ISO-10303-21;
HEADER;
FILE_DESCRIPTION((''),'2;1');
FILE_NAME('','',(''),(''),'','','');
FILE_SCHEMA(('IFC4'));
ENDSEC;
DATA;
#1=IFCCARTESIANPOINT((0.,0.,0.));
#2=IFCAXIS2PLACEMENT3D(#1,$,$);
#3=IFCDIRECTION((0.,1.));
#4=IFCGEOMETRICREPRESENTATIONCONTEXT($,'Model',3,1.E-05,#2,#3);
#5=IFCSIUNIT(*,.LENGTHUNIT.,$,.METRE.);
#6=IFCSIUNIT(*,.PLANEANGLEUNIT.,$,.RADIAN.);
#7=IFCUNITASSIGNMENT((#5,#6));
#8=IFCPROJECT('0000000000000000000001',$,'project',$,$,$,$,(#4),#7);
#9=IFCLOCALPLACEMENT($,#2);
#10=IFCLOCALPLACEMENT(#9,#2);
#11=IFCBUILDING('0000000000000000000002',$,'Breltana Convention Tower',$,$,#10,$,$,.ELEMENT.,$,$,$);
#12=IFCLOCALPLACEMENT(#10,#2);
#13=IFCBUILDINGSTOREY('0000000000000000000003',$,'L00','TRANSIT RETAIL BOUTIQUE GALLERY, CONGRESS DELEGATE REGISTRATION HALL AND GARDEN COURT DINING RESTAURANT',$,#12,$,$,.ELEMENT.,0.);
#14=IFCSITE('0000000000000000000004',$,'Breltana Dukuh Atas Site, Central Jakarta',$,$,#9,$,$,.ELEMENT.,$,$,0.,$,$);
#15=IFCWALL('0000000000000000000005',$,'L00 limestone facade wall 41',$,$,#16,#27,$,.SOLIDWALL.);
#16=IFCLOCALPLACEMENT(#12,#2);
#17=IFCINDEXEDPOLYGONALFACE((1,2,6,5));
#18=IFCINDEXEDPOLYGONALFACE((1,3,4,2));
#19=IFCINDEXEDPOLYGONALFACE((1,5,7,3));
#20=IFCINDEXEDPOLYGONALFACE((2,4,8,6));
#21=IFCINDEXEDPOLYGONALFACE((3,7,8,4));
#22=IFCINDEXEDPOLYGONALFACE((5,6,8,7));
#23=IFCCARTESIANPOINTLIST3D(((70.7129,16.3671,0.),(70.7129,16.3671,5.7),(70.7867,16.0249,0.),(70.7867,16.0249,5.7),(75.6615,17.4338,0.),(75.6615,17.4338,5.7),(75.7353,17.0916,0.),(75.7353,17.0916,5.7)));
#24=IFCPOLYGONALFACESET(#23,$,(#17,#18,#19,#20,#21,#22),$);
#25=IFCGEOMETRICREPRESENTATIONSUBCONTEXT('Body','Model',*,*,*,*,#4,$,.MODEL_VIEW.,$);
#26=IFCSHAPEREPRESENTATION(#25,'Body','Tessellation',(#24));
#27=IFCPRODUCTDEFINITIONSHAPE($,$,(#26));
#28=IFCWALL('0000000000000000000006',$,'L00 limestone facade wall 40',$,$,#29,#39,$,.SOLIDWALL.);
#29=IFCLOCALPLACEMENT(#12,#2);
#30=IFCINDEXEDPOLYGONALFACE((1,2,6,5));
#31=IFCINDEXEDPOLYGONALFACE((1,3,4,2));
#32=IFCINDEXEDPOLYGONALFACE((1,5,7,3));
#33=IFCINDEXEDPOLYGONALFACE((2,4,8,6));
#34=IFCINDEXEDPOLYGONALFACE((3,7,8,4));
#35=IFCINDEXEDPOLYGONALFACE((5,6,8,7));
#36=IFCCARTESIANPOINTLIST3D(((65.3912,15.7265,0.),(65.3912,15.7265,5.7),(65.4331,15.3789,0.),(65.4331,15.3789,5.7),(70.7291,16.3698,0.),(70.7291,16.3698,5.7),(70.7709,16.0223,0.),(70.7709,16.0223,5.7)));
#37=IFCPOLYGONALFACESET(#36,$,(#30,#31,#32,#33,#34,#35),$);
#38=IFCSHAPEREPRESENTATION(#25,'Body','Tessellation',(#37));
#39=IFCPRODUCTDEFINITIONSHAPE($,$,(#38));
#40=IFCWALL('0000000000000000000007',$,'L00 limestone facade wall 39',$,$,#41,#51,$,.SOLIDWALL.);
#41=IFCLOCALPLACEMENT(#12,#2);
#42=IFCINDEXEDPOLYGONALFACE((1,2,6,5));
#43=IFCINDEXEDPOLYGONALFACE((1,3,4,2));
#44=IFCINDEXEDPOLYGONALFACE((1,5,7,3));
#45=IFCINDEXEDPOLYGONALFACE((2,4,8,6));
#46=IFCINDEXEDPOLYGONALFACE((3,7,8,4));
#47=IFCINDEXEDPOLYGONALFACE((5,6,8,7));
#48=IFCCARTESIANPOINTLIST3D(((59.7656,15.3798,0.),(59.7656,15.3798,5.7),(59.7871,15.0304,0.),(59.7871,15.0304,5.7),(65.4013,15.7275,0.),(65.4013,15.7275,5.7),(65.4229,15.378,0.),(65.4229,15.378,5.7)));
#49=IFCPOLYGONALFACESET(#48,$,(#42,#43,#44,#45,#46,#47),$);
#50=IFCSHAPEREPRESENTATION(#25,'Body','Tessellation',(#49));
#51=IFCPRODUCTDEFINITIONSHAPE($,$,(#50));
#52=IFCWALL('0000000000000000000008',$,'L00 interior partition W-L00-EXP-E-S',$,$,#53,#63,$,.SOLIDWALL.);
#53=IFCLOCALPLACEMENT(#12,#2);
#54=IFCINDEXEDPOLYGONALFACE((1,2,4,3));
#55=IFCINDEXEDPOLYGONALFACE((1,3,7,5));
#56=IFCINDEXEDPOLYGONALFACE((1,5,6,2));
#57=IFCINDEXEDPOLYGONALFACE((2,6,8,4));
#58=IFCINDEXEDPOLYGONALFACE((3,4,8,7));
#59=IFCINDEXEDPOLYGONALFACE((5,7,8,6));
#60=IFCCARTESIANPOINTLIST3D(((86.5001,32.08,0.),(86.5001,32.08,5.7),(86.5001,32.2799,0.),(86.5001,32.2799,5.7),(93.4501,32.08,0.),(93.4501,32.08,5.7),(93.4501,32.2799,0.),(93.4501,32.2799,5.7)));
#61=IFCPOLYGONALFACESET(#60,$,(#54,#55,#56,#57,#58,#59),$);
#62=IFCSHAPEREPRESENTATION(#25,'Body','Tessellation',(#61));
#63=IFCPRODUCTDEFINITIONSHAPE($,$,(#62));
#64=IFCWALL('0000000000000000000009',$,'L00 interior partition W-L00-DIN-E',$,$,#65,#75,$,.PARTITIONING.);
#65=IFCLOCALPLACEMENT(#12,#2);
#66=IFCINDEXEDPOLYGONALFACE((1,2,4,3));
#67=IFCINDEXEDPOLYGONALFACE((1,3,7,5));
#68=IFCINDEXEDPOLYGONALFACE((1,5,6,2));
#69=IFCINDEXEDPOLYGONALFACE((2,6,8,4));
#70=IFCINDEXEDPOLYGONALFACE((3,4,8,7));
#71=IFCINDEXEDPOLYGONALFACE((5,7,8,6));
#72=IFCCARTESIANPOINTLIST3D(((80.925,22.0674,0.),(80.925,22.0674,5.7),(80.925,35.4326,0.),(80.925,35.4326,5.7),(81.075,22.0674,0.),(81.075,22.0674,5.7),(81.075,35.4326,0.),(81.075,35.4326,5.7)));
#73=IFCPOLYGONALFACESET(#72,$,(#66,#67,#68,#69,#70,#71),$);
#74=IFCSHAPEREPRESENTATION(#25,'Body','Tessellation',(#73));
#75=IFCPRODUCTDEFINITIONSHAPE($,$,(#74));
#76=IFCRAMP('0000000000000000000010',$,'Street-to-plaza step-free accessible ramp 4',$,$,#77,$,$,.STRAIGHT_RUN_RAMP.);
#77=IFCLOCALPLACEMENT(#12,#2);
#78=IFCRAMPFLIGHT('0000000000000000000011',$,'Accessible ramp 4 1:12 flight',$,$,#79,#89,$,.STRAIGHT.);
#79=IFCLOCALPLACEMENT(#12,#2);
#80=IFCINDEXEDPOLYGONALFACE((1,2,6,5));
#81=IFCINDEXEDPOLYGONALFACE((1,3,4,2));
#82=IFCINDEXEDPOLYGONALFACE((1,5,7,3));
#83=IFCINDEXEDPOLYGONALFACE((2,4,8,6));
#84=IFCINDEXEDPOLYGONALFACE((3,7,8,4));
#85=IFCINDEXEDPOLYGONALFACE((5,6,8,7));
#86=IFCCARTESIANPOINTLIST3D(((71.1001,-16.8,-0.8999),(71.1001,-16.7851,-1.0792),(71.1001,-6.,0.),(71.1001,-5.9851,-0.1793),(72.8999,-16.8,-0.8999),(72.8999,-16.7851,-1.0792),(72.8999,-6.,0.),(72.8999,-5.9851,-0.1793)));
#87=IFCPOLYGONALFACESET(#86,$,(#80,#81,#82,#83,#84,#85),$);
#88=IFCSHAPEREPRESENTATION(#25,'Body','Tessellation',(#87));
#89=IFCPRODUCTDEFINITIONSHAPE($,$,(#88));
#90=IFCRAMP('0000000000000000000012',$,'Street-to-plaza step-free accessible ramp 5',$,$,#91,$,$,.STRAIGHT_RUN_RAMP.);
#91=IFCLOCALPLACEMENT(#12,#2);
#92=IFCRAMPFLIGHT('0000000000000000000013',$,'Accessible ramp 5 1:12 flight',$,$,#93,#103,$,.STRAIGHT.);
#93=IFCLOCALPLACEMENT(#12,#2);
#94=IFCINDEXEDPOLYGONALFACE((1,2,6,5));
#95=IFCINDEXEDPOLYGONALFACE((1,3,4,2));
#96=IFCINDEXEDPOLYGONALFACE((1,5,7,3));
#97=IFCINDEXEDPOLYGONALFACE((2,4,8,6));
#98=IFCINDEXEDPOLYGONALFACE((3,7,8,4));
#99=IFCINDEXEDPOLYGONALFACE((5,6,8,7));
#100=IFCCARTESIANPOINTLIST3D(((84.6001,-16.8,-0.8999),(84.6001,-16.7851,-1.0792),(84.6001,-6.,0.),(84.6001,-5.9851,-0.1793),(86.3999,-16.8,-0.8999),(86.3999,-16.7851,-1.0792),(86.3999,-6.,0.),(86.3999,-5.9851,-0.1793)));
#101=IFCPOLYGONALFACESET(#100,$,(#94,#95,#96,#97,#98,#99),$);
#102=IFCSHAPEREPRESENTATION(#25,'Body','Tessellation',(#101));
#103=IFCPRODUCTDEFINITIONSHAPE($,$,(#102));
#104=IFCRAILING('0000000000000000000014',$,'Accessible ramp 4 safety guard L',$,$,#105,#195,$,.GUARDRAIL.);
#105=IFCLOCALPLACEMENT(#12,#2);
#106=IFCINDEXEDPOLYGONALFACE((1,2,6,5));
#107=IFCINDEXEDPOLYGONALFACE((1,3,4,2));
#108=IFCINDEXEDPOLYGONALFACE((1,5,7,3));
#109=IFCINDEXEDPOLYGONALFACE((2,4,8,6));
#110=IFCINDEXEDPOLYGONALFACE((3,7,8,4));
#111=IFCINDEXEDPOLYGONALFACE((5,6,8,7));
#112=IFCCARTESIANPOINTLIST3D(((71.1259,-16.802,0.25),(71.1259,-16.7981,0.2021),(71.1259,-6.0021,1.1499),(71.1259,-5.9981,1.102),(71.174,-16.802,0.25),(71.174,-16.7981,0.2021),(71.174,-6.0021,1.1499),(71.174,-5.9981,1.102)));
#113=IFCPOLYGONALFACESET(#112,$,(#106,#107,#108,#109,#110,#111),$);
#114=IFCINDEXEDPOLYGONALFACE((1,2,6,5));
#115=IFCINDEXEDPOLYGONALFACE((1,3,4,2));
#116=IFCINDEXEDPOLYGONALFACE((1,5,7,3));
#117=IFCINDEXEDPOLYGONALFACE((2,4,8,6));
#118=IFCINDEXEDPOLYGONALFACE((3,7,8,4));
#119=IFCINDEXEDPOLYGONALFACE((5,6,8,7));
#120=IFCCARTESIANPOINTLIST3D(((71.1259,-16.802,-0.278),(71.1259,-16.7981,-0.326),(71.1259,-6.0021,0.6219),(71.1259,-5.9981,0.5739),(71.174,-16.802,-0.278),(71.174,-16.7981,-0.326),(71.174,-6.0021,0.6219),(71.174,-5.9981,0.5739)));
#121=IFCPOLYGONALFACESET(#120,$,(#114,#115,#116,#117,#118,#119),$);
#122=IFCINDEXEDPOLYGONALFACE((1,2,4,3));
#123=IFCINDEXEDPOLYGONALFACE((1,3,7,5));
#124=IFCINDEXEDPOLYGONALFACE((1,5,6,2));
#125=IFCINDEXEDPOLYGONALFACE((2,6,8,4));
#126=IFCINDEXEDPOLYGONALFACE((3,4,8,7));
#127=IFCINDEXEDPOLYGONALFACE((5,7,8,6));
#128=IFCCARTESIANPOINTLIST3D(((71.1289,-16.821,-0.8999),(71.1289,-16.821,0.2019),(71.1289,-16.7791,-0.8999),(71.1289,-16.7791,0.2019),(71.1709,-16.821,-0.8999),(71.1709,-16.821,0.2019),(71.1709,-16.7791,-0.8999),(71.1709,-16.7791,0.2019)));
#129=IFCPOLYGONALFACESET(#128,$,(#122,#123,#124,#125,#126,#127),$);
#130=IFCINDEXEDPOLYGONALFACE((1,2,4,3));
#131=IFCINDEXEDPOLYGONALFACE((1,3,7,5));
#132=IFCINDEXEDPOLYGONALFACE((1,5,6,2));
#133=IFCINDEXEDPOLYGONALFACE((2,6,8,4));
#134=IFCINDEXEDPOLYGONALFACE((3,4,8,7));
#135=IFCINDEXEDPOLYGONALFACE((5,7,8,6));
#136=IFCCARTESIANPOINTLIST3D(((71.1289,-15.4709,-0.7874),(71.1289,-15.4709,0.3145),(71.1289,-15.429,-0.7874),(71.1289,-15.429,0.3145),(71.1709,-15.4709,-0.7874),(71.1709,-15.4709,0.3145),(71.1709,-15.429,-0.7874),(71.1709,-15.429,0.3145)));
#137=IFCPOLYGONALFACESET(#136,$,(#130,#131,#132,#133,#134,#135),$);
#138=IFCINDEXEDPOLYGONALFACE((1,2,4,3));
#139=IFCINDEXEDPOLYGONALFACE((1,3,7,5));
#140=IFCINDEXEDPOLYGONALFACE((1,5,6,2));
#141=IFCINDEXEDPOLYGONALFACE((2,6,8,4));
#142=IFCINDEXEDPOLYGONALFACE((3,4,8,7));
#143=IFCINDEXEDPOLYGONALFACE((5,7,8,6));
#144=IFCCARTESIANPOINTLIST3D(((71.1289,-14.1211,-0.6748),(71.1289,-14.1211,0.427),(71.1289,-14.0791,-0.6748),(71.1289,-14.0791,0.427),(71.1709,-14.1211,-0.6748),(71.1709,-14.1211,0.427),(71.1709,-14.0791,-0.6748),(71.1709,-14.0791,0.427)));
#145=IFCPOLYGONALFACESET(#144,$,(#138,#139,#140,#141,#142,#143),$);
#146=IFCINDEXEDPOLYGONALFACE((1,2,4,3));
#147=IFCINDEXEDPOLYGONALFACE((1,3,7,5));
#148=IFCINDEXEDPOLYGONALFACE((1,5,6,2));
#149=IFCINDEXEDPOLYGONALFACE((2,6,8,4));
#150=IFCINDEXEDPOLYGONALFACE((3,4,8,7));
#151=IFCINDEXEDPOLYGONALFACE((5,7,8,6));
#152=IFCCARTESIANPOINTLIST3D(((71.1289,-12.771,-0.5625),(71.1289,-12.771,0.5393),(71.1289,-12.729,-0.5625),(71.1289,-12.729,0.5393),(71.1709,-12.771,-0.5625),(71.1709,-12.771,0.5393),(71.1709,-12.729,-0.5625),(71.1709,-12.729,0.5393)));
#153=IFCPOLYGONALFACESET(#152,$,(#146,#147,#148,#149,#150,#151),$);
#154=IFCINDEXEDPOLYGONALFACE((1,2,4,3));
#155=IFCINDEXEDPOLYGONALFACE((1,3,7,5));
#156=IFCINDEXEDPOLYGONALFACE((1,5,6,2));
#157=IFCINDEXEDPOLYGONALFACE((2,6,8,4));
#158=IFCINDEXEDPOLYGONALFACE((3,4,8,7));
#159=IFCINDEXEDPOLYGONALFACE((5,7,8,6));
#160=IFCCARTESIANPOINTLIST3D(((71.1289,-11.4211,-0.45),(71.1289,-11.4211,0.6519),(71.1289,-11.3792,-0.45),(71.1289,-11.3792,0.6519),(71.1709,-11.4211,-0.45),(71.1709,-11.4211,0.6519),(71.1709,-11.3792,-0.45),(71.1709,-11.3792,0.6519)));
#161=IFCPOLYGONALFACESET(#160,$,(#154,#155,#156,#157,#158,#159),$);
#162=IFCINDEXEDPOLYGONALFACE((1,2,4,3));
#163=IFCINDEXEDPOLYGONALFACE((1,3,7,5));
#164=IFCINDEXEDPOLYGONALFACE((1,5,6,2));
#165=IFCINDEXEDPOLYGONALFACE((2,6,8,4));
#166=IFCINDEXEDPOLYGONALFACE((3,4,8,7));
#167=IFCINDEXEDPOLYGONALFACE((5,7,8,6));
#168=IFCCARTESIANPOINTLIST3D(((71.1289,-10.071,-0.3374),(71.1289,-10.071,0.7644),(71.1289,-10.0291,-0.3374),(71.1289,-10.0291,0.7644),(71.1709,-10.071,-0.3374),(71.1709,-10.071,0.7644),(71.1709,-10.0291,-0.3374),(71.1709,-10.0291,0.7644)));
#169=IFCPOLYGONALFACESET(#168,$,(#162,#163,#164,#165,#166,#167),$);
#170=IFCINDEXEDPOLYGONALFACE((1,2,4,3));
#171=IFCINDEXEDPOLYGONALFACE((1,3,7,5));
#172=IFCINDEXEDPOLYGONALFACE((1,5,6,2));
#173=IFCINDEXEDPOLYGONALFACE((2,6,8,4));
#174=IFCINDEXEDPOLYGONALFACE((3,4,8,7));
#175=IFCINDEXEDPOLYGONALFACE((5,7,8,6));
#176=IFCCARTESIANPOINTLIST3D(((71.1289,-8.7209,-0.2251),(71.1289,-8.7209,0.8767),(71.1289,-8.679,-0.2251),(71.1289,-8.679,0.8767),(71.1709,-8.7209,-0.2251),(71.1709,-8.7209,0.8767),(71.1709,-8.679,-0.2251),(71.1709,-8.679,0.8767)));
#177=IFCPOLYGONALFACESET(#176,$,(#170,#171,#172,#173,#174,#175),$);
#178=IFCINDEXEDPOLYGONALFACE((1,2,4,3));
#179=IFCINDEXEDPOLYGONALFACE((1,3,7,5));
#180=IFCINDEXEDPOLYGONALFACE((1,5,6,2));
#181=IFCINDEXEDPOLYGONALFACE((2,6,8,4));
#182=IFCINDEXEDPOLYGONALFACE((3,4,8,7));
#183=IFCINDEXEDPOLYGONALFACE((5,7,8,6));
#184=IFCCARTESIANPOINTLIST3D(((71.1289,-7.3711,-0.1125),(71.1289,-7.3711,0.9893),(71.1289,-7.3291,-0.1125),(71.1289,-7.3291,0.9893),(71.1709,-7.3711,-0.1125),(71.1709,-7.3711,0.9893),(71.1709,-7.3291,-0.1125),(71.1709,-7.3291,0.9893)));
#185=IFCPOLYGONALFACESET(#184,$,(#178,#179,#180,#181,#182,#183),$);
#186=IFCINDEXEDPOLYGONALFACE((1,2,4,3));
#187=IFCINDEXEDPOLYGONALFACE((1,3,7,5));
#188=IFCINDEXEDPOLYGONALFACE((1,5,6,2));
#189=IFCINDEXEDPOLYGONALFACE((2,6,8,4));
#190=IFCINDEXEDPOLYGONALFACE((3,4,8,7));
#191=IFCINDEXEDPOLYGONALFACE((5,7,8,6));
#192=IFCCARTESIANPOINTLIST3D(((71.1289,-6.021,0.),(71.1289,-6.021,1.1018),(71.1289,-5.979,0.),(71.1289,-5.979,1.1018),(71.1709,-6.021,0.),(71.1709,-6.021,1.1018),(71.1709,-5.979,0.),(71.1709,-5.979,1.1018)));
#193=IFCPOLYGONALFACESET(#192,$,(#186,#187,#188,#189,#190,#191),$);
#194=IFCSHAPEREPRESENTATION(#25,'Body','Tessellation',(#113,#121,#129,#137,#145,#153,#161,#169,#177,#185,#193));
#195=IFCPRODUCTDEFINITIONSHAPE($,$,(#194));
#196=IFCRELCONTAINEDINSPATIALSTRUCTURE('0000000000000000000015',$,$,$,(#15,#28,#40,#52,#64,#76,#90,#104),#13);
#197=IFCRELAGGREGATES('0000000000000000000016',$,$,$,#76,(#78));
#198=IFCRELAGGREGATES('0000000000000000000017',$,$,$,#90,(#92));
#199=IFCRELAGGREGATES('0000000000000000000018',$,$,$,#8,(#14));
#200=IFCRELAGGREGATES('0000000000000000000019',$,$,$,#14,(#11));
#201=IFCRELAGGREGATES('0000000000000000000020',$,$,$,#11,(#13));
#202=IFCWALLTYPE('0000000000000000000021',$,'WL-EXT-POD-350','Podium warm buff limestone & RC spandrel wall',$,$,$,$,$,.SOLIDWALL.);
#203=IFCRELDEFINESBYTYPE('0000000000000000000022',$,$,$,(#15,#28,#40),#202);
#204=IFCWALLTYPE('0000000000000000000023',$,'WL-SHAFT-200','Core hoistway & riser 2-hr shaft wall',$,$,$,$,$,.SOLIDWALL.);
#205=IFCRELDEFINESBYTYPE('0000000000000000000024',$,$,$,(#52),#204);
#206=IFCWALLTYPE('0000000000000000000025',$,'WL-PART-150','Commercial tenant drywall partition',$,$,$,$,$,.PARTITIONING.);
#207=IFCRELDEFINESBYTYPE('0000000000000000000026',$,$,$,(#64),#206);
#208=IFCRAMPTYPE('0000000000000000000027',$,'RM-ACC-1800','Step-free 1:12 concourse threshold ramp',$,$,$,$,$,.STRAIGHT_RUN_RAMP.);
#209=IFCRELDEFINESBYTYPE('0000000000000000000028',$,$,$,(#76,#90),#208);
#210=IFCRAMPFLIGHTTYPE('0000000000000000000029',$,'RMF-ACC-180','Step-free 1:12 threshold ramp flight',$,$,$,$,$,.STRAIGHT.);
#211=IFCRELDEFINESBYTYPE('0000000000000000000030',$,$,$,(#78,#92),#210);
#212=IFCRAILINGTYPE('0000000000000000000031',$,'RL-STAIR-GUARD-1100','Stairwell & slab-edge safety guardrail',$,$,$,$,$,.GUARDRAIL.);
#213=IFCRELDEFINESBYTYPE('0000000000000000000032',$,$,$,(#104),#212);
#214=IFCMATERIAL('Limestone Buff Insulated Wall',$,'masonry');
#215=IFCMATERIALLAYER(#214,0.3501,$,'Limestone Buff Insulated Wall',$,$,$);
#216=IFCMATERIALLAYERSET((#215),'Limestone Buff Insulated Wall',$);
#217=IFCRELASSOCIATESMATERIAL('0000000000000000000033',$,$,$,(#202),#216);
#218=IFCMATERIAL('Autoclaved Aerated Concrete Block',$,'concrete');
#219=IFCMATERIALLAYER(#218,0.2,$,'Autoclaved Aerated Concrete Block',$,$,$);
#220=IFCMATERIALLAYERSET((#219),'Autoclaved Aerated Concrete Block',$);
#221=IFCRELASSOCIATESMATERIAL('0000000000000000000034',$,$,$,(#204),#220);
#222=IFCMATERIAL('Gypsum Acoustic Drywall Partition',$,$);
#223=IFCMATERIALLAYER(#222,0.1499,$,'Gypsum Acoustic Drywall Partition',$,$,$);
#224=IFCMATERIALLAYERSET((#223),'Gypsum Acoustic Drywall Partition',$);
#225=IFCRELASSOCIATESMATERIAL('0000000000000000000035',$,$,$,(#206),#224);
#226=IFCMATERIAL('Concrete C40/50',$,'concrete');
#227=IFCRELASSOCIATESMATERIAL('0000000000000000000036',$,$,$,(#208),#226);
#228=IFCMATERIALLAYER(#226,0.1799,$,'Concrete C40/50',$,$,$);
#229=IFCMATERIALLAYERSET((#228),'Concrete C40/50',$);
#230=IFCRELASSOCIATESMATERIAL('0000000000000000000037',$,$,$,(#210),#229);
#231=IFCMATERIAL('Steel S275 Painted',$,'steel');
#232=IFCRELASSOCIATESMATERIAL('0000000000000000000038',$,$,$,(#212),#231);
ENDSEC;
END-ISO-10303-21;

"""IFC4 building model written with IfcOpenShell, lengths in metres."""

from ifc_helpers import new_model, si_unit, direction, frame, frame_2d, origin, origin_2d, place, context, subcontext, project, spatial, polyline, rectangle, outline, extrude, source, transform, mapped, material, layer, layer_set, type_object, element, aggregate, save


model = new_model("IFC4")

# Units and contexts
model_context = context("Model", 3, precision=1e-05, world=origin(), true_north=direction((0.0, 1.0)))
body_context = subcontext(model_context, "Body", "Model", "MODEL_VIEW")
ifc_project = project(units=[si_unit("LENGTHUNIT", "METRE"), si_unit("PLANEANGLEUNIT", "RADIAN")], contexts=[model_context])

# Site, building, storey
site_placement = place(None, origin())
site = spatial("IfcSite", under=ifc_project, at=site_placement, Name="Breltana Dukuh Atas Site, Central Jakarta", CompositionType="ELEMENT", RefElevation=0.0)
building_placement = place(site_placement, origin())
building = spatial("IfcBuilding", under=site, at=building_placement, Name="Breltana Convention Tower", CompositionType="ELEMENT")
storey_placement = place(building_placement, origin())
storey = spatial("IfcBuildingStorey", under=building, at=storey_placement, Name="L00", Description="TRANSIT RETAIL BOUTIQUE GALLERY, CONGRESS DELEGATE REGISTRATION HALL AND GARDEN COURT DINING RESTAURANT", CompositionType="ELEMENT", Elevation=0.0)

# Shared definitions
ifc_material_1 = material(Name="Concrete C40/50", Category="concrete")

# Walls
ifc_material_2 = material(Name="Limestone Buff Insulated Wall", Category="masonry")
ifc_layer_1 = layer(ifc_material_2, 0.3501, Name="Limestone Buff Insulated Wall")
ifc_layer_set_1 = layer_set([ifc_layer_1], Name="Limestone Buff Insulated Wall")
wall_type_1 = type_object("IfcWallType", Name="WL-EXT-POD-350", Description="Podium warm buff limestone & RC spandrel wall", PredefinedType="SOLIDWALL", material=ifc_layer_set_1)
shared_shape_1 = source(origin(), body_context, "Body", "SweptSolid", [
    extrude(rectangle(XDim=5.0623, YDim=0.3501, at=frame_2d((2.5312, 0.0))), origin(), (0.0, 0.0, 1.0), 5.7),
])
wall_1_placement = place(storey_placement, frame((75.6985, 17.2627, 0.0), z_axis=(0.0, 0.0, 1.0), x_axis=(-0.977548, -0.210711, 0.0)))
element("IfcWall", 1, at=wall_1_placement, inside=storey, type_object=wall_type_1, Name="L00 limestone facade wall 41", PredefinedType="SOLIDWALL", context=body_context, shape_type="MappedRepresentation", body=[
    mapped(shared_shape_1, transform((0.0, 0.0, 0.0), scale=1.0)),
])
shared_shape_2 = source(origin(), body_context, "Body", "SweptSolid", [
    extrude(rectangle(XDim=5.3765, YDim=0.3501, at=frame_2d((2.6882, 0.0))), origin(), (0.0, 0.0, 1.0), 5.7),
])
wall_2_placement = place(storey_placement, frame((70.75, 16.196, 0.0), z_axis=(0.0, 0.0, 1.0), x_axis=(-0.992816, -0.119652, 0.0)))
element("IfcWall", 2, at=wall_2_placement, inside=storey, type_object=wall_type_1, Name="L00 limestone facade wall 40", PredefinedType="SOLIDWALL", context=body_context, shape_type="MappedRepresentation", body=[
    mapped(shared_shape_2, transform((0.0, 0.0, 0.0), scale=1.0)),
])
shared_shape_3 = source(origin(), body_context, "Body", "SweptSolid", [
    extrude(rectangle(XDim=5.6465, YDim=0.3501, at=frame_2d((2.8232, 0.0))), origin(), (0.0, 0.0, 1.0), 5.7),
])
wall_3_placement = place(storey_placement, frame((65.4121, 15.5527, 0.0), z_axis=(0.0, 0.0, 1.0), x_axis=(-0.998103, -0.061571, 0.0)))
element("IfcWall", 3, at=wall_3_placement, inside=storey, type_object=wall_type_1, Name="L00 limestone facade wall 39", PredefinedType="SOLIDWALL", context=body_context, shape_type="MappedRepresentation", body=[
    mapped(shared_shape_3, transform((0.0, 0.0, 0.0), scale=1.0)),
])
ifc_material_3 = material(Name="Autoclaved Aerated Concrete Block", Category="concrete")
ifc_layer_2 = layer(ifc_material_3, 0.2, Name="Autoclaved Aerated Concrete Block")
ifc_layer_set_2 = layer_set([ifc_layer_2], Name="Autoclaved Aerated Concrete Block")
wall_type_2 = type_object("IfcWallType", Name="WL-SHAFT-200", Description="Core hoistway & riser 2-hr shaft wall", PredefinedType="SOLIDWALL", material=ifc_layer_set_2)
shared_shape_4 = source(origin(), body_context, "Body", "SweptSolid", [
    extrude(rectangle(XDim=6.95, YDim=0.2, at=frame_2d((3.4751, 0.0))), origin(), (0.0, 0.0, 1.0), 5.7),
])
wall_4_placement = place(storey_placement, frame((86.5, 32.1799, 0.0), z_axis=(0.0, 0.0, 1.0), x_axis=(1.0, 0.0, 0.0)))
element("IfcWall", 4, at=wall_4_placement, inside=storey, type_object=wall_type_2, Name="L00 interior partition W-L00-EXP-E-S", PredefinedType="SOLIDWALL", context=body_context, shape_type="MappedRepresentation", body=[
    mapped(shared_shape_4, transform((0.0, 0.0, 0.0), scale=1.0)),
])
ifc_material_4 = material(Name="Gypsum Acoustic Drywall Partition")
ifc_layer_3 = layer(ifc_material_4, 0.1499, Name="Gypsum Acoustic Drywall Partition")
ifc_layer_set_3 = layer_set([ifc_layer_3], Name="Gypsum Acoustic Drywall Partition")
wall_type_3 = type_object("IfcWallType", Name="WL-PART-150", Description="Commercial tenant drywall partition", PredefinedType="PARTITIONING", material=ifc_layer_set_3)
shared_shape_5 = source(origin(), body_context, "Body", "SweptSolid", [
    extrude(rectangle(XDim=13.3652, YDim=0.1499, at=frame_2d((6.6826, 0.0))), origin(), (0.0, 0.0, 1.0), 5.7),
])
wall_5_placement = place(storey_placement, frame((81.0, 22.0674, 0.0), z_axis=(0.0, 0.0, 1.0), x_axis=(0.0, 1.0, 0.0)))
element("IfcWall", 5, at=wall_5_placement, inside=storey, type_object=wall_type_3, Name="L00 interior partition W-L00-DIN-E", PredefinedType="PARTITIONING", context=body_context, shape_type="MappedRepresentation", body=[
    mapped(shared_shape_5, transform((0.0, 0.0, 0.0), scale=1.0)),
])

# Ramps, ramp flights
ramp_type = type_object("IfcRampType", Name="RM-ACC-1800", Description="Step-free 1:12 concourse threshold ramp", PredefinedType="STRAIGHT_RUN_RAMP", material=ifc_material_1)
ramp_1_placement = place(storey_placement, origin())
ramp_1 = element("IfcRamp", 6, at=ramp_1_placement, inside=storey, type_object=ramp_type, Name="Street-to-plaza step-free accessible ramp 4", PredefinedType="STRAIGHT_RUN_RAMP")
ifc_layer_4 = layer(ifc_material_1, 0.1799, Name="Concrete C40/50")
ifc_layer_set_4 = layer_set([ifc_layer_4], Name="Concrete C40/50")
ramp_flight_type = type_object("IfcRampFlightType", Name="RMF-ACC-180", Description="Step-free 1:12 threshold ramp flight", PredefinedType="STRAIGHT", material=ifc_layer_set_4)
ramp_flight_1_placement = place(storey_placement, frame((71.1001, -16.8, -0.8999), z_axis=(0.0, -0.083036, 0.996547), x_axis=(1.0, 0.0, 0.0)))
ramp_flight_1 = element("IfcRampFlight", 7, at=ramp_flight_1_placement, type_object=ramp_flight_type, Name="Accessible ramp 4 1:12 flight", PredefinedType="STRAIGHT", context=body_context, shape_type="SweptSolid", body=[
    extrude(outline(polyline([(0.0, 0.0), (1.7998, 0.0), (1.7998, 10.8375), (0.0, 10.8375), (0.0, 0.0)])), origin(), (0.0, 0.0, -1.0), 0.1799),
])
aggregate(ramp_1, [ramp_flight_1])
ramp_2_placement = place(storey_placement, origin())
ramp_2 = element("IfcRamp", 8, at=ramp_2_placement, inside=storey, type_object=ramp_type, Name="Street-to-plaza step-free accessible ramp 5", PredefinedType="STRAIGHT_RUN_RAMP")
ramp_flight_2_placement = place(storey_placement, frame((84.6001, -16.8, -0.8999), z_axis=(0.0, -0.083036, 0.996547), x_axis=(1.0, 0.0, 0.0)))
ramp_flight_2 = element("IfcRampFlight", 9, at=ramp_flight_2_placement, type_object=ramp_flight_type, Name="Accessible ramp 5 1:12 flight", PredefinedType="STRAIGHT", context=body_context, shape_type="SweptSolid", body=[
    extrude(outline(polyline([(0.0, 0.0), (1.7998, 0.0), (1.7998, 10.8375), (0.0, 10.8375), (0.0, 0.0)])), origin(), (0.0, 0.0, -1.0), 0.1799),
])
aggregate(ramp_2, [ramp_flight_2])

# Railing
ifc_material_5 = material(Name="Steel S275 Painted", Category="steel")
railing_type = type_object("IfcRailingType", Name="RL-STAIR-GUARD-1100", Description="Stairwell & slab-edge safety guardrail", PredefinedType="GUARDRAIL", material=ifc_material_5)
railing_1_placement = place(storey_placement, frame((71.1499, -16.8, -0.8999)))
element("IfcRailing", 10, at=railing_1_placement, inside=storey, type_object=railing_type, Name="Accessible ramp 4 safety guard L", PredefinedType="GUARDRAIL", context=body_context, shape_type="SweptSolid", body=[
    extrude(rectangle(XDim=0.0481, YDim=0.0481, at=origin_2d()), frame((0.0, 0.0, 1.126), z_axis=(0.0, 0.996547, 0.083036), x_axis=(-1.0, 0.0, 0.0)), (0.0, 0.0, 1.0), 10.8374),
    extrude(rectangle(XDim=0.0481, YDim=0.0481, at=origin_2d()), frame((0.0, 0.0, 0.5979), z_axis=(0.0, 0.996547, 0.083036), x_axis=(-1.0, 0.0, 0.0)), (0.0, 0.0, 1.0), 10.8374),
    extrude(rectangle(XDim=0.042, YDim=0.042, at=origin_2d()), origin(), (0.0, 0.0, 1.0), 1.1018),
    extrude(rectangle(XDim=0.042, YDim=0.042, at=origin_2d()), frame((0.0, 1.3501, 0.1125)), (0.0, 0.0, 1.0), 1.1018),
    extrude(rectangle(XDim=0.042, YDim=0.042, at=origin_2d()), frame((0.0, 2.7, 0.2251)), (0.0, 0.0, 1.0), 1.1018),
    extrude(rectangle(XDim=0.042, YDim=0.042, at=origin_2d()), frame((0.0, 4.05, 0.3374)), (0.0, 0.0, 1.0), 1.1018),
    extrude(rectangle(XDim=0.042, YDim=0.042, at=origin_2d()), frame((0.0, 5.3999, 0.45)), (0.0, 0.0, 1.0), 1.1018),
    extrude(rectangle(XDim=0.042, YDim=0.042, at=origin_2d()), frame((0.0, 6.75, 0.5625)), (0.0, 0.0, 1.0), 1.1018),
    extrude(rectangle(XDim=0.042, YDim=0.042, at=origin_2d()), frame((0.0, 8.1001, 0.6748)), (0.0, 0.0, 1.0), 1.1018),
    extrude(rectangle(XDim=0.042, YDim=0.042, at=origin_2d()), frame((0.0, 9.45, 0.7874)), (0.0, 0.0, 1.0), 1.1018),
    extrude(rectangle(XDim=0.042, YDim=0.042, at=origin_2d()), frame((0.0, 10.8, 0.8999)), (0.0, 0.0, 1.0), 1.1018),
])

save(model, "model.ifc")
